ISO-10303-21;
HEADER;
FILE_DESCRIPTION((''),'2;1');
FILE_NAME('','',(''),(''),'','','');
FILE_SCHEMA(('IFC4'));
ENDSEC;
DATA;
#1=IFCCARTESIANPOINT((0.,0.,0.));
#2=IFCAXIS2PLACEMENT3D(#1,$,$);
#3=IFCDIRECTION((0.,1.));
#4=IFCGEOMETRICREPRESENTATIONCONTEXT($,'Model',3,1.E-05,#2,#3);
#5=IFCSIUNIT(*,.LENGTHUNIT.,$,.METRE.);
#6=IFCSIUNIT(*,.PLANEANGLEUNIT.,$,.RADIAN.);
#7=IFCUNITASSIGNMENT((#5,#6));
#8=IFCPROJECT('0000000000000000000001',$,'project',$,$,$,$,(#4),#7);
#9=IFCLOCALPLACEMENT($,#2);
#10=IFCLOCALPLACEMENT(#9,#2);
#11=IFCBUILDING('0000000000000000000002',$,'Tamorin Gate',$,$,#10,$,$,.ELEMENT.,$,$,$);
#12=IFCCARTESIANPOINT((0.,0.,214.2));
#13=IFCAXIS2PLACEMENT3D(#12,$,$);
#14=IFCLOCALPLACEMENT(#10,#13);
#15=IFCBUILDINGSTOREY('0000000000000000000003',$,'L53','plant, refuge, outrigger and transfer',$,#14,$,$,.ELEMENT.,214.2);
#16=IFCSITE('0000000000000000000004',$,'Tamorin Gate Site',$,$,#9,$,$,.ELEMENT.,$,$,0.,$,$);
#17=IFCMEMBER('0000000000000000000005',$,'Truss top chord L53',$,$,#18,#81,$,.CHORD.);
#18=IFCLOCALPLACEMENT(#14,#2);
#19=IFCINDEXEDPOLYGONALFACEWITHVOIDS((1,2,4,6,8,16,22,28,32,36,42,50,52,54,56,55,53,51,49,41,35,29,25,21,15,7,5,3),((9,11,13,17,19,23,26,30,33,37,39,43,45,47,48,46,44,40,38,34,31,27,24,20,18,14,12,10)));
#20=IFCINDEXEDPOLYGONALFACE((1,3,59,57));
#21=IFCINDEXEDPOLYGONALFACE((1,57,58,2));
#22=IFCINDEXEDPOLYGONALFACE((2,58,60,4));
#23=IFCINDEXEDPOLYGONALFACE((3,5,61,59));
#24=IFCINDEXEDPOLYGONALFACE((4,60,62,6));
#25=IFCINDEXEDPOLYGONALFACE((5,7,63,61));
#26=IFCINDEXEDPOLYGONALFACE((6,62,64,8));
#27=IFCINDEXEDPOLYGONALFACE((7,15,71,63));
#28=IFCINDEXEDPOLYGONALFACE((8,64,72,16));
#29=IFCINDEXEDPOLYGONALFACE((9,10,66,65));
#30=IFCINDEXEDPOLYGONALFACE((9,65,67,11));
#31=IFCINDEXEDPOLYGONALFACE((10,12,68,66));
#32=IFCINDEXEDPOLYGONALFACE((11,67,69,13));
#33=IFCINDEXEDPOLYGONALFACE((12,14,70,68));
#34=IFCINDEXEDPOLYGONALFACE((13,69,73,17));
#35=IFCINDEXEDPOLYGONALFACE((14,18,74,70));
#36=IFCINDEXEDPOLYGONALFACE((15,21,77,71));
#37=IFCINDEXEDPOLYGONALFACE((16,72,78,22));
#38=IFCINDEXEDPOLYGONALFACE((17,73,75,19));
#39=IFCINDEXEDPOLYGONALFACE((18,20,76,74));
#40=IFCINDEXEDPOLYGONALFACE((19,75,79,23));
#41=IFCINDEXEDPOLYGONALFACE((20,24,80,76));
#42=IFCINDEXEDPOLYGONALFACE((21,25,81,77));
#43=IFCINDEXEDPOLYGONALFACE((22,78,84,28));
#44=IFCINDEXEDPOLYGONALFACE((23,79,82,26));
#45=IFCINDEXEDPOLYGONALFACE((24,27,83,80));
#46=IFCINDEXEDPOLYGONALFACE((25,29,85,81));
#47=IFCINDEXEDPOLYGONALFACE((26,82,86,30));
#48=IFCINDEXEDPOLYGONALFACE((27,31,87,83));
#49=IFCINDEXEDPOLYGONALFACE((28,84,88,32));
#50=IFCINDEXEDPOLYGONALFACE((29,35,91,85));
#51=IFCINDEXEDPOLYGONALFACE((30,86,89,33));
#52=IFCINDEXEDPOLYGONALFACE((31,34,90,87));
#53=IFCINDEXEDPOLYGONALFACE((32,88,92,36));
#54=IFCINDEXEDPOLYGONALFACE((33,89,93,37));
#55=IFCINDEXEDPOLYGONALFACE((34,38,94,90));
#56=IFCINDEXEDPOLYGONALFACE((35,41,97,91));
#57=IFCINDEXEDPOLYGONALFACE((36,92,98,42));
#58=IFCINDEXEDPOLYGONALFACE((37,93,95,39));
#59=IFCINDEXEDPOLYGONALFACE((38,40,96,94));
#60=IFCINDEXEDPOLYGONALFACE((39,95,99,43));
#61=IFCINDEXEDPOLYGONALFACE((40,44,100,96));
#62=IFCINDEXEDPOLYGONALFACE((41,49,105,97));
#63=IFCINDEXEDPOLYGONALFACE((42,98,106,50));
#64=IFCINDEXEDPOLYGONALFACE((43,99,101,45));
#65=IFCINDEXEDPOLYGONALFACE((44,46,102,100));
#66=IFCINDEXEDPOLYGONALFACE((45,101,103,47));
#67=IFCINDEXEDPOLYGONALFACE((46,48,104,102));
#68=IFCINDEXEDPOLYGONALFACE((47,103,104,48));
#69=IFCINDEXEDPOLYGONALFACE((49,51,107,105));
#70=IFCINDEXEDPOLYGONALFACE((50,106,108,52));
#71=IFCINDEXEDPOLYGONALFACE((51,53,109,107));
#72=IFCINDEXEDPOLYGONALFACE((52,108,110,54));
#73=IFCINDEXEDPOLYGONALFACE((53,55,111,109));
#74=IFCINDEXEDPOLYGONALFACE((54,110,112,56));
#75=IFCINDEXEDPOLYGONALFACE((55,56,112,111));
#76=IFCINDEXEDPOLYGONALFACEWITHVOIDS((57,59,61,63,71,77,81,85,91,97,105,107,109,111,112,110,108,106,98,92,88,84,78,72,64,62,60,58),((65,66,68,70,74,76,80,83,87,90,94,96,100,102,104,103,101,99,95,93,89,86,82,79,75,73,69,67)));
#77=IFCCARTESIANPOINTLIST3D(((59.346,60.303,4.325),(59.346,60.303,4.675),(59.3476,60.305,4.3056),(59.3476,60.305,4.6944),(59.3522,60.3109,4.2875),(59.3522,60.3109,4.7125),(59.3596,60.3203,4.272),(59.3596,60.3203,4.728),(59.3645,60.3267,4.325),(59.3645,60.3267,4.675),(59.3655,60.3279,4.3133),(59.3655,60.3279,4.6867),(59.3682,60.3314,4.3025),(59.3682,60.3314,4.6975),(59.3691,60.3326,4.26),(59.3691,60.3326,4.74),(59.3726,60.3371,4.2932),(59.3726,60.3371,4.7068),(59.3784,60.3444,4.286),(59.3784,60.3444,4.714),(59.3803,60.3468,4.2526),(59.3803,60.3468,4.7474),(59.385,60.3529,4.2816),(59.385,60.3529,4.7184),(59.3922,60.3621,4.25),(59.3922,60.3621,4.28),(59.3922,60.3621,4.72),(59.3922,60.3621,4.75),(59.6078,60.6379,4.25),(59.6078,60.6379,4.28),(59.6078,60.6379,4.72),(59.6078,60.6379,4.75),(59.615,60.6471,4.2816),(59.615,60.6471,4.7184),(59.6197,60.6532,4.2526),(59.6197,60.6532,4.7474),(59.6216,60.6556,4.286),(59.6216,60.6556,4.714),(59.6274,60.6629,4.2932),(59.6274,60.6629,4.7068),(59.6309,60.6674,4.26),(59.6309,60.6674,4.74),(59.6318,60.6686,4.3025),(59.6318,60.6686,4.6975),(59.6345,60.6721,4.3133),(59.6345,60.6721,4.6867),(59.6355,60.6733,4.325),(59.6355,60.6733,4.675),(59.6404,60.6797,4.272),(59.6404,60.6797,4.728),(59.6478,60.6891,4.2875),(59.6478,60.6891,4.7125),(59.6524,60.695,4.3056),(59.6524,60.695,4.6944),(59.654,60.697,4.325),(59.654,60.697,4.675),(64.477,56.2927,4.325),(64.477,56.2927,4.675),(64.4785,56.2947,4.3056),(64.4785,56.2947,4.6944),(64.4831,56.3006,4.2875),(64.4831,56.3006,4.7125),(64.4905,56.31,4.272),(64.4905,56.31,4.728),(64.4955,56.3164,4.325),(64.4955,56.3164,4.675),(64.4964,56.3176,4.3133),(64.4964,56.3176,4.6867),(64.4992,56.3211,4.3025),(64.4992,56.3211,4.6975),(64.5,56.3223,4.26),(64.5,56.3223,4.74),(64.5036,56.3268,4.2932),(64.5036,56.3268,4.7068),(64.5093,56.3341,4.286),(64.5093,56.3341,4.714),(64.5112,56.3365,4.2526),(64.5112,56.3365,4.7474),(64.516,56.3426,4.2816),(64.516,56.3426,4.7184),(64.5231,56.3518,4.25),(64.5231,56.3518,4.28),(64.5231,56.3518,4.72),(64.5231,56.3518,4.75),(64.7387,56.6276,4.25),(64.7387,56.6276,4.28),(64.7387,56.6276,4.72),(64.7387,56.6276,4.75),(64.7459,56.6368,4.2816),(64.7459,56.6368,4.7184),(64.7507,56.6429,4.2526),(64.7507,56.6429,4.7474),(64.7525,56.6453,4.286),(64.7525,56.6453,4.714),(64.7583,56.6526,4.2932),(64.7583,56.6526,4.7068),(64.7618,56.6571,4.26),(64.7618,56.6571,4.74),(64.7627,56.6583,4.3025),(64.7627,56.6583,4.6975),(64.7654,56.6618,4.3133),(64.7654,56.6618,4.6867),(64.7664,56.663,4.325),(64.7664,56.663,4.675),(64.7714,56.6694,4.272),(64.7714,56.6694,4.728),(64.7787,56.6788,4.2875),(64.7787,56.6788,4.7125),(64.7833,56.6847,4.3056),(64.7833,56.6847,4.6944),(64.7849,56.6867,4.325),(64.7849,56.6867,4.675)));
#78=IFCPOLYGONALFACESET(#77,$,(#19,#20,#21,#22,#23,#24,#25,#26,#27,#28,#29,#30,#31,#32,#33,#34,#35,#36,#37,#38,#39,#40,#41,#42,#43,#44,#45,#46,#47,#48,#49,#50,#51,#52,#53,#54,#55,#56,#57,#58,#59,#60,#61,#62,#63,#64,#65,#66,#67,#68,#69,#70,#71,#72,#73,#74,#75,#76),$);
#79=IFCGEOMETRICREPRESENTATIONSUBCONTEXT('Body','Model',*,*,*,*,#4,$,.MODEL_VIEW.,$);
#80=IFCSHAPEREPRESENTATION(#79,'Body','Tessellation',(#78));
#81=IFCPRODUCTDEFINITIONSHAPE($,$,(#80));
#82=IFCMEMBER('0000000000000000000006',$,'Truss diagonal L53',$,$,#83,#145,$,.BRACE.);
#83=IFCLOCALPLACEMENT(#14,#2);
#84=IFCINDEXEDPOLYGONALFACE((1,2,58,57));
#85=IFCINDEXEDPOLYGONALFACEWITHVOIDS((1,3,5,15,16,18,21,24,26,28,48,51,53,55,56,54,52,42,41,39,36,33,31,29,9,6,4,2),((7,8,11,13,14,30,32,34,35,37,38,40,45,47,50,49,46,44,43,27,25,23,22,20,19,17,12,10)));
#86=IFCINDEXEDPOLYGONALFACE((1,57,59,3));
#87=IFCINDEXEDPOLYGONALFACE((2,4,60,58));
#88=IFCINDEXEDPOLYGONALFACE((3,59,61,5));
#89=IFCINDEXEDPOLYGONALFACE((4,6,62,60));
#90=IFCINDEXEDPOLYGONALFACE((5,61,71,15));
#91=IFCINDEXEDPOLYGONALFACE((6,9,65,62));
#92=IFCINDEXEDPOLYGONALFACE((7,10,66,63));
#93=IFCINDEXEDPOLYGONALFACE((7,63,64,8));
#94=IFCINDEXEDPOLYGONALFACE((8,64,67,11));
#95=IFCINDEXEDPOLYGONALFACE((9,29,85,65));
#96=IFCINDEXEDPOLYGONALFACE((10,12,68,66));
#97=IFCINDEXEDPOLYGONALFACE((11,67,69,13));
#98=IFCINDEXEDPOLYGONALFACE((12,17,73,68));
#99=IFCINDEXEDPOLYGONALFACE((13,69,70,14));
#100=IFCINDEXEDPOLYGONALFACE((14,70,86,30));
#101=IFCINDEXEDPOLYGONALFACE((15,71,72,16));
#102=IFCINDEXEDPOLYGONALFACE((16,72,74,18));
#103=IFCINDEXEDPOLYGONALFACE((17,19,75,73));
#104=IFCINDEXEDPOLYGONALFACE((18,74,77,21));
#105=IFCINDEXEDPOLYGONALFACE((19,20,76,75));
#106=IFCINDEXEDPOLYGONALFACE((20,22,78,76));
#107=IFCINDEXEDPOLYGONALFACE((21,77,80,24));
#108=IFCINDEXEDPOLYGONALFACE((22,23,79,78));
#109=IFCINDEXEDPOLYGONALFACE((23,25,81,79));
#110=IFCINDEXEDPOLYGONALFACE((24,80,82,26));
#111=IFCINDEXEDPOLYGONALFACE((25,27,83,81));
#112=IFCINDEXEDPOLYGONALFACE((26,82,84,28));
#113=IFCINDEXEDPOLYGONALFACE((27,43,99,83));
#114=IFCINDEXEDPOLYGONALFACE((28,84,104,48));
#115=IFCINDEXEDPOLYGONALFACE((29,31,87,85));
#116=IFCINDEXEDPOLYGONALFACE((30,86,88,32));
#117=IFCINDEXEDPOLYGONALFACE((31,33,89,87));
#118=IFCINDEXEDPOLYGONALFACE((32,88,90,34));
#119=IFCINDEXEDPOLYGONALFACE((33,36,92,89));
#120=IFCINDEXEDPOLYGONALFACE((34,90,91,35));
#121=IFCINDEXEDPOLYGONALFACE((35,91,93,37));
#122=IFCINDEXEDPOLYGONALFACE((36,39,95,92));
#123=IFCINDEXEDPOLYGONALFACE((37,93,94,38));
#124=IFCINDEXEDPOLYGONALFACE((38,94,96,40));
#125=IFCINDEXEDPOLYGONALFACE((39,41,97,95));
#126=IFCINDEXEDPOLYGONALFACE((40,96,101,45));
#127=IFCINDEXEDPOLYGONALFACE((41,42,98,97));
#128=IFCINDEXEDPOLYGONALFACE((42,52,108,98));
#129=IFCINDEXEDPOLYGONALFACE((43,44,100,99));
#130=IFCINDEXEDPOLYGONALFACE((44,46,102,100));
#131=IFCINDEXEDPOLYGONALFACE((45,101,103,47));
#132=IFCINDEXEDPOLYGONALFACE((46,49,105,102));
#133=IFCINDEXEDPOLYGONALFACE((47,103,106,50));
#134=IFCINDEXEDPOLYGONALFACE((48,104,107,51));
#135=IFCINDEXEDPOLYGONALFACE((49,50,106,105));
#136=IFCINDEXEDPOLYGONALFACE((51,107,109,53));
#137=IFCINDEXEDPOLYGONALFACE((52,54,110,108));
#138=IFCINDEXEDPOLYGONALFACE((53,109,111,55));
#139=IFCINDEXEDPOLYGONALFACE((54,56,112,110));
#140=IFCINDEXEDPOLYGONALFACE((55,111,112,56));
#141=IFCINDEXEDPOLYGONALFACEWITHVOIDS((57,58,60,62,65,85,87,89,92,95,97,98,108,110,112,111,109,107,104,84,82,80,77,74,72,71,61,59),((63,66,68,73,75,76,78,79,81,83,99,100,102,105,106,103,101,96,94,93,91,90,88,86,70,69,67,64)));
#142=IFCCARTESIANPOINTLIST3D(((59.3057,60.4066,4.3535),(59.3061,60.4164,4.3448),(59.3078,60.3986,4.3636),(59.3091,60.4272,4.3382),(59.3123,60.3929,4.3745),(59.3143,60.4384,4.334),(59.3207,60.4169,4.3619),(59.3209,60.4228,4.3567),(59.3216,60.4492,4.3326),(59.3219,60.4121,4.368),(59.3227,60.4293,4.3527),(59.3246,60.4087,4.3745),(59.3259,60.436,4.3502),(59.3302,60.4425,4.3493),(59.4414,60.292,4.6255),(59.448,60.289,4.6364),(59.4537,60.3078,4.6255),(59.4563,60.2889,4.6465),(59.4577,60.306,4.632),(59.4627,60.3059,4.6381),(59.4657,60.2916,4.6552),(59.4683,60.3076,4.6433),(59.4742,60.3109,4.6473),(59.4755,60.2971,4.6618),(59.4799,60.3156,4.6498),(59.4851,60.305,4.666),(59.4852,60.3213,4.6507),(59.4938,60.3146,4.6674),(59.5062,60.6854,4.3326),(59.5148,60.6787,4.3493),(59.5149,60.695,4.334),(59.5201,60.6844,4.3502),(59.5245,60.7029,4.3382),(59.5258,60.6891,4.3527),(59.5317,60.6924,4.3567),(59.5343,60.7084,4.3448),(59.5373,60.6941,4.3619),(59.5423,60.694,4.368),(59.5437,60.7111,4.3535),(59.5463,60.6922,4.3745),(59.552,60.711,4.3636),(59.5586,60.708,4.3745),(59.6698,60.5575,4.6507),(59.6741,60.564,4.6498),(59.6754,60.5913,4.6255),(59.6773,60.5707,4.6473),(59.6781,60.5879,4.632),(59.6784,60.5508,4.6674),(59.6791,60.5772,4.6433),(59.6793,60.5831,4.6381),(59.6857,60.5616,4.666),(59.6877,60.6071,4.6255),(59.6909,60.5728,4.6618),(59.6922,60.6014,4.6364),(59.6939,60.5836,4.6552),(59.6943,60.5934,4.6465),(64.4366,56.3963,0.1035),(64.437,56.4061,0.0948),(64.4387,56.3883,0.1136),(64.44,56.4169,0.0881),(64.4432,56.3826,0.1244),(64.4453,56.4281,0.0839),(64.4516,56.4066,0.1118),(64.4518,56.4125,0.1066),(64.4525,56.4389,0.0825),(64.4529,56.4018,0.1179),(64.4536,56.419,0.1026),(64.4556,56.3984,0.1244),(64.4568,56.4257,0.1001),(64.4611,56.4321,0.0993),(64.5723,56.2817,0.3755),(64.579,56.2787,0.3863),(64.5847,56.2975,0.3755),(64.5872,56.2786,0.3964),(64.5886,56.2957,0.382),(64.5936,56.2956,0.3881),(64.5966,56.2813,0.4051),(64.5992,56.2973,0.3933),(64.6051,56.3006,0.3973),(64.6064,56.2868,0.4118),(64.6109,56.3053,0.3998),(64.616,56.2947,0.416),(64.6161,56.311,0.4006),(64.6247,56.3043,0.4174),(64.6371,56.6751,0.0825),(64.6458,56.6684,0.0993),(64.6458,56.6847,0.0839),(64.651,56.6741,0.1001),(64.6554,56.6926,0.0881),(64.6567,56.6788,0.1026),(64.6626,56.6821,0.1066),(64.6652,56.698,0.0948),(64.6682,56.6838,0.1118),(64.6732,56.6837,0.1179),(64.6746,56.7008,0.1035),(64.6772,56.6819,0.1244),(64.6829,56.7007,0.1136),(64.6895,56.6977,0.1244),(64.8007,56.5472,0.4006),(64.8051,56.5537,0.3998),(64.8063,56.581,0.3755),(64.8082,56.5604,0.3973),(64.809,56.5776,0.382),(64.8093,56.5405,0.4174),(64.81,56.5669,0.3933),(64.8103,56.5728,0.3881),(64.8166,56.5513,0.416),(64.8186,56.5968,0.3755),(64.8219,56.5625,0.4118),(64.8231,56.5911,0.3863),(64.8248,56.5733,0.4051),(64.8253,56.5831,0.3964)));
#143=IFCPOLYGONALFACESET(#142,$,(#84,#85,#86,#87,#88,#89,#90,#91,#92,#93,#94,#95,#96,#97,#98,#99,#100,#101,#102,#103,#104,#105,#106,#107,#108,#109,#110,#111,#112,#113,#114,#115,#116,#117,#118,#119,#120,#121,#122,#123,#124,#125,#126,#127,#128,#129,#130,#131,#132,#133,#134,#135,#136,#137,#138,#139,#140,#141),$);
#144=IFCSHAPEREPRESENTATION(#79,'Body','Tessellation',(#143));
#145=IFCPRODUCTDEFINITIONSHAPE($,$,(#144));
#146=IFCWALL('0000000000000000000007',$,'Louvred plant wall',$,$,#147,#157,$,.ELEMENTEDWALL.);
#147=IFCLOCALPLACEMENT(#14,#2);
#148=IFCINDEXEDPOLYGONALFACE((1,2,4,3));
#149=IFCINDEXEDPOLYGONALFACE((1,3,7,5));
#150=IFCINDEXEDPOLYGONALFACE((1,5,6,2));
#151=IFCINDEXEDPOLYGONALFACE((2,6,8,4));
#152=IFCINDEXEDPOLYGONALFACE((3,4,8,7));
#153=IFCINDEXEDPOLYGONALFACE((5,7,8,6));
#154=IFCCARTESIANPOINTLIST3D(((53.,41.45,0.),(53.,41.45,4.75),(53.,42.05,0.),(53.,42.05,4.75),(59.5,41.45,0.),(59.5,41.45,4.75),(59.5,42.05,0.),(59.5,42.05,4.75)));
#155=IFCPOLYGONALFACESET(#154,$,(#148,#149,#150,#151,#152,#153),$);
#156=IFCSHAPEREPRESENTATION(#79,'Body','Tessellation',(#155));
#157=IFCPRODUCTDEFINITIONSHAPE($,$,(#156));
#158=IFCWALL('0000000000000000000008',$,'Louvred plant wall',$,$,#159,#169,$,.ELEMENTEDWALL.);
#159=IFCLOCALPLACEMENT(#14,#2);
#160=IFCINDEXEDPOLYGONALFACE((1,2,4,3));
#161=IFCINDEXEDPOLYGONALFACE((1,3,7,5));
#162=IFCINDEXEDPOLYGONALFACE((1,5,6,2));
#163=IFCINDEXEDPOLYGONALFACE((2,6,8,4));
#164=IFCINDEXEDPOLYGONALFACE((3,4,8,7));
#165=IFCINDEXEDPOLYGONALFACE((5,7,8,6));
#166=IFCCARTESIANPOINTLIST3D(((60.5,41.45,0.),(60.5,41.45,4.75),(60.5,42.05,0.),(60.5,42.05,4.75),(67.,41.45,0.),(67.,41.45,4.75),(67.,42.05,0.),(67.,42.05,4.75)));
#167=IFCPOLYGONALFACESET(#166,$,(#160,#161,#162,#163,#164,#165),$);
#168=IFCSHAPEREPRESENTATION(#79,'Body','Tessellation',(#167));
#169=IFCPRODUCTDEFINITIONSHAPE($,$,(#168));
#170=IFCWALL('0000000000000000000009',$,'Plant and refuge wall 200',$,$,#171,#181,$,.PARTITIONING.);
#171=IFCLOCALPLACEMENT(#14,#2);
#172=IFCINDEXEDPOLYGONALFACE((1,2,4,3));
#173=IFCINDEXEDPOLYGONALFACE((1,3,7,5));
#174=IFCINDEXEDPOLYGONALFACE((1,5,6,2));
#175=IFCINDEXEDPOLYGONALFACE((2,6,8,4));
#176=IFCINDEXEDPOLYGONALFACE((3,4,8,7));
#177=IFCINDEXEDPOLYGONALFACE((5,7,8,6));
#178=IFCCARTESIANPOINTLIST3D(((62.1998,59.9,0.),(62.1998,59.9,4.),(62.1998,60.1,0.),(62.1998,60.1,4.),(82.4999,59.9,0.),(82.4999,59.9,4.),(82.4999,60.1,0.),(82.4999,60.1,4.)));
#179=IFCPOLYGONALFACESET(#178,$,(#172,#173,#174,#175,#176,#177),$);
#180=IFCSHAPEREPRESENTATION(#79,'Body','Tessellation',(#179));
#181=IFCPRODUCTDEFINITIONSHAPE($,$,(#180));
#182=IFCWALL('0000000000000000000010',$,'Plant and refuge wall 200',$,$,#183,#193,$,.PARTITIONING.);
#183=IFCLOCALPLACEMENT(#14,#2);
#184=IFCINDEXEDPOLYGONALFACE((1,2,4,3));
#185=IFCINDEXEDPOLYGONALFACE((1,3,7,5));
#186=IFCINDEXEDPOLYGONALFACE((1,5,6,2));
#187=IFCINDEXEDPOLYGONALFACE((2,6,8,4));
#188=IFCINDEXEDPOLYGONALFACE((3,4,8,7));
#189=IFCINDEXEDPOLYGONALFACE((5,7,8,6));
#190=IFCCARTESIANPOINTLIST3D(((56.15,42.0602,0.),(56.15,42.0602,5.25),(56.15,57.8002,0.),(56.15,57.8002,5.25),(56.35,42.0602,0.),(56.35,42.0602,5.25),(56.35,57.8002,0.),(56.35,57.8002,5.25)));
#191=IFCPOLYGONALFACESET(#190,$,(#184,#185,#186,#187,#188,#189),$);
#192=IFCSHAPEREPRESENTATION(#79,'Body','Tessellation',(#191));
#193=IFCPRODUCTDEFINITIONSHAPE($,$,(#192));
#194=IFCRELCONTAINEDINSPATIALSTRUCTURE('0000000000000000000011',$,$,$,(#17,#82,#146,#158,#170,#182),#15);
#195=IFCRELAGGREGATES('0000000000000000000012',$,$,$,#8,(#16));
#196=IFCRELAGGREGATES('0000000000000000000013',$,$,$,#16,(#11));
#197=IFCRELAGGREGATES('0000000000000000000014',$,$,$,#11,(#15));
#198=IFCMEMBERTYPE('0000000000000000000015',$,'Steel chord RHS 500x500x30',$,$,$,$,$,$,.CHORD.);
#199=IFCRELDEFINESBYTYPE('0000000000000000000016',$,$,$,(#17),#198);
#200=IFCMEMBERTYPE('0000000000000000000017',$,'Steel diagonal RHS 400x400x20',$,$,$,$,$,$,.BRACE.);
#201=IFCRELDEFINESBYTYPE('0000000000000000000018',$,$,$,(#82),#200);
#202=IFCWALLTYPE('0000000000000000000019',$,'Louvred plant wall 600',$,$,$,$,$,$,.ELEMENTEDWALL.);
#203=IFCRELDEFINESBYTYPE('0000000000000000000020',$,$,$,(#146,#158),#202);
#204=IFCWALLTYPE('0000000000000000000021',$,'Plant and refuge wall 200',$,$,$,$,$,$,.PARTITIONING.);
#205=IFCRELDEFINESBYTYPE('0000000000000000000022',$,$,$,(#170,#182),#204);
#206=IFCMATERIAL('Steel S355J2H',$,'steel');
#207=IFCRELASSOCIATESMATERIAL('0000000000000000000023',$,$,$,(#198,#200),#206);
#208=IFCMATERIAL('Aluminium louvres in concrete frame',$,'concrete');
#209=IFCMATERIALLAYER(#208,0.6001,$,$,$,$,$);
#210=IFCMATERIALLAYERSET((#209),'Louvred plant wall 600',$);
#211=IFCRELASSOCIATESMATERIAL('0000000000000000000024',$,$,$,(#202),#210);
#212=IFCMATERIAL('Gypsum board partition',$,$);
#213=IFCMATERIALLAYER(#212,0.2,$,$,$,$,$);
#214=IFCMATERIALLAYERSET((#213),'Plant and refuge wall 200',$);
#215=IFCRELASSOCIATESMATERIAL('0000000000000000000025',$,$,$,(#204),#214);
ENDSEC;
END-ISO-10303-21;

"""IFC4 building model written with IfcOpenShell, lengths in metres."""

from ifc_helpers import new_model, si_unit, direction, frame, frame_2d, origin, origin_2d, place, context, subcontext, project, spatial, rectangle, hollow_rectangle, extrude, material, layer, layer_set, material_profile, profile_set, type_object, element, save


model = new_model("IFC4")

# Units and contexts
model_context = context("Model", 3, precision=1e-05, world=origin(), true_north=direction((0.0, 1.0)))
body_context = subcontext(model_context, "Body", "Model", "MODEL_VIEW")
ifc_project = project(units=[si_unit("LENGTHUNIT", "METRE"), si_unit("PLANEANGLEUNIT", "RADIAN")], contexts=[model_context])

# Site, building, storey
site_placement = place(None, origin())
site = spatial("IfcSite", under=ifc_project, at=site_placement, Name="Tamorin Gate Site", CompositionType="ELEMENT", RefElevation=0.0)
building_placement = place(site_placement, origin())
building = spatial("IfcBuilding", under=site, at=building_placement, Name="Tamorin Gate", CompositionType="ELEMENT")
storey_placement = place(building_placement, frame((0.0, 0.0, 214.2)))
storey = spatial("IfcBuildingStorey", under=building, at=storey_placement, Name="L53", Description="plant, refuge, outrigger and transfer", CompositionType="ELEMENT", Elevation=214.2)

# Members
ifc_material_1 = material(Name="Steel S355J2H", Category="steel")
ifc_material_profile_1 = material_profile(ifc_material_1, hollow_rectangle(XDim=0.5, YDim=0.5, WallThickness=0.03, InnerFilletRadius=0.0449, OuterFilletRadius=0.075, at=origin_2d()), Name="RHS 500x500x30")
ifc_profile_set_1 = profile_set([ifc_material_profile_1], Name="Steel S355J2H")
member_type_1 = type_object("IfcMemberType", Name="Steel chord RHS 500x500x30", PredefinedType="CHORD", material=ifc_profile_set_1)
for number, where, z_axis, x_axis, name in (
    (1, (59.5, 60.5, 4.5), (0.787892, -0.615813, 0.0), (0.615813, 0.787892, 0.0), "Truss top chord L53"),
):
    element("IfcMember", number, at=place(storey_placement, frame(where, z_axis=z_axis, x_axis=x_axis)), inside=storey, type_object=member_type_1, Name=name, PredefinedType="CHORD", context=body_context, shape_type="SweptSolid", body=[
        extrude(hollow_rectangle(XDim=0.5, YDim=0.5, WallThickness=0.03, InnerFilletRadius=0.0449, OuterFilletRadius=0.075, at=origin_2d()), origin(), (0.0, 0.0, 1.0), 6.5122),
    ])
ifc_material_profile_2 = material_profile(ifc_material_1, hollow_rectangle(XDim=0.3999, YDim=0.3999, WallThickness=0.02, InnerFilletRadius=0.03, OuterFilletRadius=0.05, at=origin_2d()), Name="RHS 400x400x20")
ifc_profile_set_2 = profile_set([ifc_material_profile_2], Name="Steel S355J2H")
member_type_2 = type_object("IfcMemberType", Name="Steel diagonal RHS 400x400x20", PredefinedType="BRACE", material=ifc_profile_set_2)
member_placement = place(storey_placement, frame((59.5, 60.5, 4.5), z_axis=(0.65981, -0.515704, -0.546535), x_axis=(0.615813, 0.787892, 0.0)))
element("IfcMember", 2, at=member_placement, inside=storey, type_object=member_type_2, Name="Truss diagonal L53", PredefinedType="BRACE", context=body_context, shape_type="SweptSolid", body=[
    extrude(hollow_rectangle(XDim=0.3999, YDim=0.3999, WallThickness=0.02, InnerFilletRadius=0.03, OuterFilletRadius=0.05, at=origin_2d()), origin(), (0.0, 0.0, 1.0), 7.7764),
])

# Walls
ifc_material_2 = material(Name="Aluminium louvres in concrete frame", Category="concrete")
ifc_layer_1 = layer(ifc_material_2, 0.6001)
ifc_layer_set_1 = layer_set([ifc_layer_1], Name="Louvred plant wall 600")
wall_type_1 = type_object("IfcWallType", Name="Louvred plant wall 600", PredefinedType="ELEMENTEDWALL", material=ifc_layer_set_1)
for number, where, z_axis, x_axis, name in (
    (3, (53.0, 41.75, 0.0), (0.0, 0.0, 1.0), (1.0, 0.0, 0.0), "Louvred plant wall"),
    (4, (60.5, 41.75, 0.0), (0.0, 0.0, 1.0), (1.0, 0.0, 0.0), "Louvred plant wall"),
):
    element("IfcWall", number, at=place(storey_placement, frame(where, z_axis=z_axis, x_axis=x_axis)), inside=storey, type_object=wall_type_1, Name=name, PredefinedType="ELEMENTEDWALL", context=body_context, shape_type="SweptSolid", body=[
        extrude(rectangle(XDim=6.5, YDim=0.6001, at=frame_2d((3.25, 0.0))), origin(), (0.0, 0.0, 1.0), 4.75),
    ])
ifc_material_3 = material(Name="Gypsum board partition")
ifc_layer_2 = layer(ifc_material_3, 0.2)
ifc_layer_set_2 = layer_set([ifc_layer_2], Name="Plant and refuge wall 200")
wall_type_2 = type_object("IfcWallType", Name="Plant and refuge wall 200", PredefinedType="PARTITIONING", material=ifc_layer_set_2)
wall_1_placement = place(storey_placement, frame((62.2, 60.0, 0.0), z_axis=(0.0, 0.0, 1.0), x_axis=(1.0, 0.0, 0.0)))
element("IfcWall", 5, at=wall_1_placement, inside=storey, type_object=wall_type_2, Name="Plant and refuge wall 200", PredefinedType="PARTITIONING", context=body_context, shape_type="SweptSolid", body=[
    extrude(rectangle(XDim=20.3, YDim=0.2, at=frame_2d((10.1499, 0.0))), origin(), (0.0, 0.0, 1.0), 4.0),
])
wall_2_placement = place(storey_placement, frame((56.25, 42.0601, 0.0), z_axis=(0.0, 0.0, 1.0), x_axis=(0.0, 1.0, 0.0)))
element("IfcWall", 6, at=wall_2_placement, inside=storey, type_object=wall_type_2, Name="Plant and refuge wall 200", PredefinedType="PARTITIONING", context=body_context, shape_type="SweptSolid", body=[
    extrude(rectangle(XDim=15.74, YDim=0.2, at=frame_2d((7.8701, 0.0))), origin(), (0.0, 0.0, 1.0), 5.25),
])

save(model, "model.ifc")
